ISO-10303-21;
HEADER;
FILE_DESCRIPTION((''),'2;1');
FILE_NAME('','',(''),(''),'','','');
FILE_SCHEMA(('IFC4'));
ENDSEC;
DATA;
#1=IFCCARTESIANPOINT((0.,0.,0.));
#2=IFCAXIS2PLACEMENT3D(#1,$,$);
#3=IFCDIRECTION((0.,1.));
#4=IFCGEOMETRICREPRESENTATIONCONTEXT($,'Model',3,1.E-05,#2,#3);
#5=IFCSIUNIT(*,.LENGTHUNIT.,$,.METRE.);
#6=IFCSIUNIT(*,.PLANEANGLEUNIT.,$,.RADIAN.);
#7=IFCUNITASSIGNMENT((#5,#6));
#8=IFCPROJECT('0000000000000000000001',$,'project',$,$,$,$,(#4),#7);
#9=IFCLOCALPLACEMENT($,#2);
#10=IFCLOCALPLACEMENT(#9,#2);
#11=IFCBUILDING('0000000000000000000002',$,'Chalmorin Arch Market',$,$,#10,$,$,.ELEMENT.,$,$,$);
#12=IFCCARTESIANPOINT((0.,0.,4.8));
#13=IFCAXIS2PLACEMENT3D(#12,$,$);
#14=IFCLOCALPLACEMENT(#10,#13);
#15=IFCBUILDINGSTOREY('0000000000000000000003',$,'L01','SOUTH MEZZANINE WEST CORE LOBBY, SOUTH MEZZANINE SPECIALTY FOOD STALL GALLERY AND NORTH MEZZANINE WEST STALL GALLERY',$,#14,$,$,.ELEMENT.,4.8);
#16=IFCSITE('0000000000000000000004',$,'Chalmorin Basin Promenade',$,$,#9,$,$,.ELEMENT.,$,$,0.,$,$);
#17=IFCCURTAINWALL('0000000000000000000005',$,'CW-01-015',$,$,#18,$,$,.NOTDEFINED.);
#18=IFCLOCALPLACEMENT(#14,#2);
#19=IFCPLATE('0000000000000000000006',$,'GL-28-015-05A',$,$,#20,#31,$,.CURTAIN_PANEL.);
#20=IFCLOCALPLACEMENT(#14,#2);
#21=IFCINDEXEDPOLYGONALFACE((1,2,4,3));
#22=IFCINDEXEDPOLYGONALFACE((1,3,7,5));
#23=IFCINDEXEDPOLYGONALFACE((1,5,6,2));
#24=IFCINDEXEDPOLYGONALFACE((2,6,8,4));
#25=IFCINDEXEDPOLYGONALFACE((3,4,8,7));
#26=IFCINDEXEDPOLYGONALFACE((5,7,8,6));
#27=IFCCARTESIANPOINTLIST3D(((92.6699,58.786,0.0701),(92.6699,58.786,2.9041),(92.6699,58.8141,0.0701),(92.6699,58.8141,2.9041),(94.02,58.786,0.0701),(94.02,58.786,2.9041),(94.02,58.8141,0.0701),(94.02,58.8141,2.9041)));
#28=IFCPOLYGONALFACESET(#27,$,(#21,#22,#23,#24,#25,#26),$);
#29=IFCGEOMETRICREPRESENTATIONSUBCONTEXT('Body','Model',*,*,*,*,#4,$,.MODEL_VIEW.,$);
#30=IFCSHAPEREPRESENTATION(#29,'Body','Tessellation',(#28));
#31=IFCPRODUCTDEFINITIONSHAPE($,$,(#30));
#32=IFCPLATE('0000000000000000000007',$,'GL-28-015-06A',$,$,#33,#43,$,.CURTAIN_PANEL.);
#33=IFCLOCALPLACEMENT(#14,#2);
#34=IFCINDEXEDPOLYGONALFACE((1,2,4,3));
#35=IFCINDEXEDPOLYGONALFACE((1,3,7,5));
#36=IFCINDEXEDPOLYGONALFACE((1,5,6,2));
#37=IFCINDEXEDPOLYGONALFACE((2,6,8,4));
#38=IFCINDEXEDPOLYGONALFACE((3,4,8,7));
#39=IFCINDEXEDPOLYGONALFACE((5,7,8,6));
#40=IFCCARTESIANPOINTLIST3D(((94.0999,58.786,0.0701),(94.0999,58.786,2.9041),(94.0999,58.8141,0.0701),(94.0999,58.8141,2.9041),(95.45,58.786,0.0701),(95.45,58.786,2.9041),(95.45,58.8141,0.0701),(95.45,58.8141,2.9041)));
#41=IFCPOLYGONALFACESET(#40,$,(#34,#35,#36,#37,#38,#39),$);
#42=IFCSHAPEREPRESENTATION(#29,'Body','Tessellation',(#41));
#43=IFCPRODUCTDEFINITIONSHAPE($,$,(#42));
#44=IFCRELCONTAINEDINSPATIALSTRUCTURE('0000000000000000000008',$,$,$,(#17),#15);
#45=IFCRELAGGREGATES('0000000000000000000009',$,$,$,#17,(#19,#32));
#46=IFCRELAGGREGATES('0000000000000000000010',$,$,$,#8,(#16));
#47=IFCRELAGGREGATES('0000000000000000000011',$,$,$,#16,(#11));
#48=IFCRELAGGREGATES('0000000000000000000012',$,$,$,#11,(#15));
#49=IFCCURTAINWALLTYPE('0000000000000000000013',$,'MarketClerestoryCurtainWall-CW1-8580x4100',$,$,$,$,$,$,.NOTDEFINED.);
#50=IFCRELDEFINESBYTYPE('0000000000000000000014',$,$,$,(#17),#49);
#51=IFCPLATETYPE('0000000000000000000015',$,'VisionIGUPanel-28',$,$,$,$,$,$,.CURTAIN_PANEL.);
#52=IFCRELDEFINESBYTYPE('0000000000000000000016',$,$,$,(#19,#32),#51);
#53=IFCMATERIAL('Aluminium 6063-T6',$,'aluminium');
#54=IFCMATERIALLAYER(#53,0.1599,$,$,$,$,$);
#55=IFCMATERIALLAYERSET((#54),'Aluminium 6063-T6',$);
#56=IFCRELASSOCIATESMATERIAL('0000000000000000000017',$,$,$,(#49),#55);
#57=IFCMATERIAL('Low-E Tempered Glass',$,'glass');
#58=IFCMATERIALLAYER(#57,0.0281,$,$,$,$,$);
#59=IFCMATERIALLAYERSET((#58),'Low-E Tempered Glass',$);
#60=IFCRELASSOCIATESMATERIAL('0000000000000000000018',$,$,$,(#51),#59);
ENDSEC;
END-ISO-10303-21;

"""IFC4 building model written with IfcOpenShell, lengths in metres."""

from ifc_helpers import new_model, si_unit, direction, frame, origin, origin_2d, place, context, subcontext, project, spatial, rectangle, extrude, material, layer, layer_set, type_object, element, aggregate, save


model = new_model("IFC4")

# Units and contexts
model_context = context("Model", 3, precision=1e-05, world=origin(), true_north=direction((0.0, 1.0)))
body_context = subcontext(model_context, "Body", "Model", "MODEL_VIEW")
ifc_project = project(units=[si_unit("LENGTHUNIT", "METRE"), si_unit("PLANEANGLEUNIT", "RADIAN")], contexts=[model_context])

# Site, building, storey
site_placement = place(None, origin())
site = spatial("IfcSite", under=ifc_project, at=site_placement, Name="Chalmorin Basin Promenade", CompositionType="ELEMENT", RefElevation=0.0)
building_placement = place(site_placement, origin())
building = spatial("IfcBuilding", under=site, at=building_placement, Name="Chalmorin Arch Market", CompositionType="ELEMENT")
storey_placement = place(building_placement, frame((0.0, 0.0, 4.8)))
storey = spatial("IfcBuildingStorey", under=building, at=storey_placement, Name="L01", Description="SOUTH MEZZANINE WEST CORE LOBBY, SOUTH MEZZANINE SPECIALTY FOOD STALL GALLERY AND NORTH MEZZANINE WEST STALL GALLERY", CompositionType="ELEMENT", Elevation=4.8)

# Curtain wall
ifc_material_1 = material(Name="Aluminium 6063-T6", Category="aluminium")
ifc_layer_1 = layer(ifc_material_1, 0.1599)
ifc_layer_set_1 = layer_set([ifc_layer_1], Name="Aluminium 6063-T6")
curtain_wall_type = type_object("IfcCurtainWallType", Name="MarketClerestoryCurtainWall-CW1-8580x4100", PredefinedType="NOTDEFINED", material=ifc_layer_set_1)
curtain_wall_1_placement = place(storey_placement, origin())
curtain_wall_1 = element("IfcCurtainWall", 1, at=curtain_wall_1_placement, inside=storey, type_object=curtain_wall_type, Name="CW-01-015", PredefinedType="NOTDEFINED")

# Plates
ifc_material_2 = material(Name="Low-E Tempered Glass", Category="glass")
ifc_layer_2 = layer(ifc_material_2, 0.0281)
ifc_layer_set_2 = layer_set([ifc_layer_2], Name="Low-E Tempered Glass")
plate_type_1 = type_object("IfcPlateType", Name="VisionIGUPanel-28", PredefinedType="CURTAIN_PANEL", material=ifc_layer_set_2)
plate_1_placement = place(storey_placement, frame((93.345, 58.8, 0.0701), z_axis=(0.0, 0.0, 1.0), x_axis=(1.0, 0.0, 0.0)))
plate_1 = element("IfcPlate", 2, at=plate_1_placement, type_object=plate_type_1, Name="GL-28-015-05A", PredefinedType="CURTAIN_PANEL", context=body_context, shape_type="SweptSolid", body=[
    extrude(rectangle(XDim=1.3501, YDim=0.0281, at=origin_2d()), origin(), (0.0, 0.0, 1.0), 2.834),
])
plate_2_placement = place(storey_placement, frame((94.7749, 58.8, 0.0701), z_axis=(0.0, 0.0, 1.0), x_axis=(1.0, 0.0, 0.0)))
plate_2 = element("IfcPlate", 3, at=plate_2_placement, type_object=plate_type_1, Name="GL-28-015-06A", PredefinedType="CURTAIN_PANEL", context=body_context, shape_type="SweptSolid", body=[
    extrude(rectangle(XDim=1.3501, YDim=0.0281, at=origin_2d()), origin(), (0.0, 0.0, 1.0), 2.834),
])
aggregate(curtain_wall_1, [plate_1, plate_2])

save(model, "model.ifc")
